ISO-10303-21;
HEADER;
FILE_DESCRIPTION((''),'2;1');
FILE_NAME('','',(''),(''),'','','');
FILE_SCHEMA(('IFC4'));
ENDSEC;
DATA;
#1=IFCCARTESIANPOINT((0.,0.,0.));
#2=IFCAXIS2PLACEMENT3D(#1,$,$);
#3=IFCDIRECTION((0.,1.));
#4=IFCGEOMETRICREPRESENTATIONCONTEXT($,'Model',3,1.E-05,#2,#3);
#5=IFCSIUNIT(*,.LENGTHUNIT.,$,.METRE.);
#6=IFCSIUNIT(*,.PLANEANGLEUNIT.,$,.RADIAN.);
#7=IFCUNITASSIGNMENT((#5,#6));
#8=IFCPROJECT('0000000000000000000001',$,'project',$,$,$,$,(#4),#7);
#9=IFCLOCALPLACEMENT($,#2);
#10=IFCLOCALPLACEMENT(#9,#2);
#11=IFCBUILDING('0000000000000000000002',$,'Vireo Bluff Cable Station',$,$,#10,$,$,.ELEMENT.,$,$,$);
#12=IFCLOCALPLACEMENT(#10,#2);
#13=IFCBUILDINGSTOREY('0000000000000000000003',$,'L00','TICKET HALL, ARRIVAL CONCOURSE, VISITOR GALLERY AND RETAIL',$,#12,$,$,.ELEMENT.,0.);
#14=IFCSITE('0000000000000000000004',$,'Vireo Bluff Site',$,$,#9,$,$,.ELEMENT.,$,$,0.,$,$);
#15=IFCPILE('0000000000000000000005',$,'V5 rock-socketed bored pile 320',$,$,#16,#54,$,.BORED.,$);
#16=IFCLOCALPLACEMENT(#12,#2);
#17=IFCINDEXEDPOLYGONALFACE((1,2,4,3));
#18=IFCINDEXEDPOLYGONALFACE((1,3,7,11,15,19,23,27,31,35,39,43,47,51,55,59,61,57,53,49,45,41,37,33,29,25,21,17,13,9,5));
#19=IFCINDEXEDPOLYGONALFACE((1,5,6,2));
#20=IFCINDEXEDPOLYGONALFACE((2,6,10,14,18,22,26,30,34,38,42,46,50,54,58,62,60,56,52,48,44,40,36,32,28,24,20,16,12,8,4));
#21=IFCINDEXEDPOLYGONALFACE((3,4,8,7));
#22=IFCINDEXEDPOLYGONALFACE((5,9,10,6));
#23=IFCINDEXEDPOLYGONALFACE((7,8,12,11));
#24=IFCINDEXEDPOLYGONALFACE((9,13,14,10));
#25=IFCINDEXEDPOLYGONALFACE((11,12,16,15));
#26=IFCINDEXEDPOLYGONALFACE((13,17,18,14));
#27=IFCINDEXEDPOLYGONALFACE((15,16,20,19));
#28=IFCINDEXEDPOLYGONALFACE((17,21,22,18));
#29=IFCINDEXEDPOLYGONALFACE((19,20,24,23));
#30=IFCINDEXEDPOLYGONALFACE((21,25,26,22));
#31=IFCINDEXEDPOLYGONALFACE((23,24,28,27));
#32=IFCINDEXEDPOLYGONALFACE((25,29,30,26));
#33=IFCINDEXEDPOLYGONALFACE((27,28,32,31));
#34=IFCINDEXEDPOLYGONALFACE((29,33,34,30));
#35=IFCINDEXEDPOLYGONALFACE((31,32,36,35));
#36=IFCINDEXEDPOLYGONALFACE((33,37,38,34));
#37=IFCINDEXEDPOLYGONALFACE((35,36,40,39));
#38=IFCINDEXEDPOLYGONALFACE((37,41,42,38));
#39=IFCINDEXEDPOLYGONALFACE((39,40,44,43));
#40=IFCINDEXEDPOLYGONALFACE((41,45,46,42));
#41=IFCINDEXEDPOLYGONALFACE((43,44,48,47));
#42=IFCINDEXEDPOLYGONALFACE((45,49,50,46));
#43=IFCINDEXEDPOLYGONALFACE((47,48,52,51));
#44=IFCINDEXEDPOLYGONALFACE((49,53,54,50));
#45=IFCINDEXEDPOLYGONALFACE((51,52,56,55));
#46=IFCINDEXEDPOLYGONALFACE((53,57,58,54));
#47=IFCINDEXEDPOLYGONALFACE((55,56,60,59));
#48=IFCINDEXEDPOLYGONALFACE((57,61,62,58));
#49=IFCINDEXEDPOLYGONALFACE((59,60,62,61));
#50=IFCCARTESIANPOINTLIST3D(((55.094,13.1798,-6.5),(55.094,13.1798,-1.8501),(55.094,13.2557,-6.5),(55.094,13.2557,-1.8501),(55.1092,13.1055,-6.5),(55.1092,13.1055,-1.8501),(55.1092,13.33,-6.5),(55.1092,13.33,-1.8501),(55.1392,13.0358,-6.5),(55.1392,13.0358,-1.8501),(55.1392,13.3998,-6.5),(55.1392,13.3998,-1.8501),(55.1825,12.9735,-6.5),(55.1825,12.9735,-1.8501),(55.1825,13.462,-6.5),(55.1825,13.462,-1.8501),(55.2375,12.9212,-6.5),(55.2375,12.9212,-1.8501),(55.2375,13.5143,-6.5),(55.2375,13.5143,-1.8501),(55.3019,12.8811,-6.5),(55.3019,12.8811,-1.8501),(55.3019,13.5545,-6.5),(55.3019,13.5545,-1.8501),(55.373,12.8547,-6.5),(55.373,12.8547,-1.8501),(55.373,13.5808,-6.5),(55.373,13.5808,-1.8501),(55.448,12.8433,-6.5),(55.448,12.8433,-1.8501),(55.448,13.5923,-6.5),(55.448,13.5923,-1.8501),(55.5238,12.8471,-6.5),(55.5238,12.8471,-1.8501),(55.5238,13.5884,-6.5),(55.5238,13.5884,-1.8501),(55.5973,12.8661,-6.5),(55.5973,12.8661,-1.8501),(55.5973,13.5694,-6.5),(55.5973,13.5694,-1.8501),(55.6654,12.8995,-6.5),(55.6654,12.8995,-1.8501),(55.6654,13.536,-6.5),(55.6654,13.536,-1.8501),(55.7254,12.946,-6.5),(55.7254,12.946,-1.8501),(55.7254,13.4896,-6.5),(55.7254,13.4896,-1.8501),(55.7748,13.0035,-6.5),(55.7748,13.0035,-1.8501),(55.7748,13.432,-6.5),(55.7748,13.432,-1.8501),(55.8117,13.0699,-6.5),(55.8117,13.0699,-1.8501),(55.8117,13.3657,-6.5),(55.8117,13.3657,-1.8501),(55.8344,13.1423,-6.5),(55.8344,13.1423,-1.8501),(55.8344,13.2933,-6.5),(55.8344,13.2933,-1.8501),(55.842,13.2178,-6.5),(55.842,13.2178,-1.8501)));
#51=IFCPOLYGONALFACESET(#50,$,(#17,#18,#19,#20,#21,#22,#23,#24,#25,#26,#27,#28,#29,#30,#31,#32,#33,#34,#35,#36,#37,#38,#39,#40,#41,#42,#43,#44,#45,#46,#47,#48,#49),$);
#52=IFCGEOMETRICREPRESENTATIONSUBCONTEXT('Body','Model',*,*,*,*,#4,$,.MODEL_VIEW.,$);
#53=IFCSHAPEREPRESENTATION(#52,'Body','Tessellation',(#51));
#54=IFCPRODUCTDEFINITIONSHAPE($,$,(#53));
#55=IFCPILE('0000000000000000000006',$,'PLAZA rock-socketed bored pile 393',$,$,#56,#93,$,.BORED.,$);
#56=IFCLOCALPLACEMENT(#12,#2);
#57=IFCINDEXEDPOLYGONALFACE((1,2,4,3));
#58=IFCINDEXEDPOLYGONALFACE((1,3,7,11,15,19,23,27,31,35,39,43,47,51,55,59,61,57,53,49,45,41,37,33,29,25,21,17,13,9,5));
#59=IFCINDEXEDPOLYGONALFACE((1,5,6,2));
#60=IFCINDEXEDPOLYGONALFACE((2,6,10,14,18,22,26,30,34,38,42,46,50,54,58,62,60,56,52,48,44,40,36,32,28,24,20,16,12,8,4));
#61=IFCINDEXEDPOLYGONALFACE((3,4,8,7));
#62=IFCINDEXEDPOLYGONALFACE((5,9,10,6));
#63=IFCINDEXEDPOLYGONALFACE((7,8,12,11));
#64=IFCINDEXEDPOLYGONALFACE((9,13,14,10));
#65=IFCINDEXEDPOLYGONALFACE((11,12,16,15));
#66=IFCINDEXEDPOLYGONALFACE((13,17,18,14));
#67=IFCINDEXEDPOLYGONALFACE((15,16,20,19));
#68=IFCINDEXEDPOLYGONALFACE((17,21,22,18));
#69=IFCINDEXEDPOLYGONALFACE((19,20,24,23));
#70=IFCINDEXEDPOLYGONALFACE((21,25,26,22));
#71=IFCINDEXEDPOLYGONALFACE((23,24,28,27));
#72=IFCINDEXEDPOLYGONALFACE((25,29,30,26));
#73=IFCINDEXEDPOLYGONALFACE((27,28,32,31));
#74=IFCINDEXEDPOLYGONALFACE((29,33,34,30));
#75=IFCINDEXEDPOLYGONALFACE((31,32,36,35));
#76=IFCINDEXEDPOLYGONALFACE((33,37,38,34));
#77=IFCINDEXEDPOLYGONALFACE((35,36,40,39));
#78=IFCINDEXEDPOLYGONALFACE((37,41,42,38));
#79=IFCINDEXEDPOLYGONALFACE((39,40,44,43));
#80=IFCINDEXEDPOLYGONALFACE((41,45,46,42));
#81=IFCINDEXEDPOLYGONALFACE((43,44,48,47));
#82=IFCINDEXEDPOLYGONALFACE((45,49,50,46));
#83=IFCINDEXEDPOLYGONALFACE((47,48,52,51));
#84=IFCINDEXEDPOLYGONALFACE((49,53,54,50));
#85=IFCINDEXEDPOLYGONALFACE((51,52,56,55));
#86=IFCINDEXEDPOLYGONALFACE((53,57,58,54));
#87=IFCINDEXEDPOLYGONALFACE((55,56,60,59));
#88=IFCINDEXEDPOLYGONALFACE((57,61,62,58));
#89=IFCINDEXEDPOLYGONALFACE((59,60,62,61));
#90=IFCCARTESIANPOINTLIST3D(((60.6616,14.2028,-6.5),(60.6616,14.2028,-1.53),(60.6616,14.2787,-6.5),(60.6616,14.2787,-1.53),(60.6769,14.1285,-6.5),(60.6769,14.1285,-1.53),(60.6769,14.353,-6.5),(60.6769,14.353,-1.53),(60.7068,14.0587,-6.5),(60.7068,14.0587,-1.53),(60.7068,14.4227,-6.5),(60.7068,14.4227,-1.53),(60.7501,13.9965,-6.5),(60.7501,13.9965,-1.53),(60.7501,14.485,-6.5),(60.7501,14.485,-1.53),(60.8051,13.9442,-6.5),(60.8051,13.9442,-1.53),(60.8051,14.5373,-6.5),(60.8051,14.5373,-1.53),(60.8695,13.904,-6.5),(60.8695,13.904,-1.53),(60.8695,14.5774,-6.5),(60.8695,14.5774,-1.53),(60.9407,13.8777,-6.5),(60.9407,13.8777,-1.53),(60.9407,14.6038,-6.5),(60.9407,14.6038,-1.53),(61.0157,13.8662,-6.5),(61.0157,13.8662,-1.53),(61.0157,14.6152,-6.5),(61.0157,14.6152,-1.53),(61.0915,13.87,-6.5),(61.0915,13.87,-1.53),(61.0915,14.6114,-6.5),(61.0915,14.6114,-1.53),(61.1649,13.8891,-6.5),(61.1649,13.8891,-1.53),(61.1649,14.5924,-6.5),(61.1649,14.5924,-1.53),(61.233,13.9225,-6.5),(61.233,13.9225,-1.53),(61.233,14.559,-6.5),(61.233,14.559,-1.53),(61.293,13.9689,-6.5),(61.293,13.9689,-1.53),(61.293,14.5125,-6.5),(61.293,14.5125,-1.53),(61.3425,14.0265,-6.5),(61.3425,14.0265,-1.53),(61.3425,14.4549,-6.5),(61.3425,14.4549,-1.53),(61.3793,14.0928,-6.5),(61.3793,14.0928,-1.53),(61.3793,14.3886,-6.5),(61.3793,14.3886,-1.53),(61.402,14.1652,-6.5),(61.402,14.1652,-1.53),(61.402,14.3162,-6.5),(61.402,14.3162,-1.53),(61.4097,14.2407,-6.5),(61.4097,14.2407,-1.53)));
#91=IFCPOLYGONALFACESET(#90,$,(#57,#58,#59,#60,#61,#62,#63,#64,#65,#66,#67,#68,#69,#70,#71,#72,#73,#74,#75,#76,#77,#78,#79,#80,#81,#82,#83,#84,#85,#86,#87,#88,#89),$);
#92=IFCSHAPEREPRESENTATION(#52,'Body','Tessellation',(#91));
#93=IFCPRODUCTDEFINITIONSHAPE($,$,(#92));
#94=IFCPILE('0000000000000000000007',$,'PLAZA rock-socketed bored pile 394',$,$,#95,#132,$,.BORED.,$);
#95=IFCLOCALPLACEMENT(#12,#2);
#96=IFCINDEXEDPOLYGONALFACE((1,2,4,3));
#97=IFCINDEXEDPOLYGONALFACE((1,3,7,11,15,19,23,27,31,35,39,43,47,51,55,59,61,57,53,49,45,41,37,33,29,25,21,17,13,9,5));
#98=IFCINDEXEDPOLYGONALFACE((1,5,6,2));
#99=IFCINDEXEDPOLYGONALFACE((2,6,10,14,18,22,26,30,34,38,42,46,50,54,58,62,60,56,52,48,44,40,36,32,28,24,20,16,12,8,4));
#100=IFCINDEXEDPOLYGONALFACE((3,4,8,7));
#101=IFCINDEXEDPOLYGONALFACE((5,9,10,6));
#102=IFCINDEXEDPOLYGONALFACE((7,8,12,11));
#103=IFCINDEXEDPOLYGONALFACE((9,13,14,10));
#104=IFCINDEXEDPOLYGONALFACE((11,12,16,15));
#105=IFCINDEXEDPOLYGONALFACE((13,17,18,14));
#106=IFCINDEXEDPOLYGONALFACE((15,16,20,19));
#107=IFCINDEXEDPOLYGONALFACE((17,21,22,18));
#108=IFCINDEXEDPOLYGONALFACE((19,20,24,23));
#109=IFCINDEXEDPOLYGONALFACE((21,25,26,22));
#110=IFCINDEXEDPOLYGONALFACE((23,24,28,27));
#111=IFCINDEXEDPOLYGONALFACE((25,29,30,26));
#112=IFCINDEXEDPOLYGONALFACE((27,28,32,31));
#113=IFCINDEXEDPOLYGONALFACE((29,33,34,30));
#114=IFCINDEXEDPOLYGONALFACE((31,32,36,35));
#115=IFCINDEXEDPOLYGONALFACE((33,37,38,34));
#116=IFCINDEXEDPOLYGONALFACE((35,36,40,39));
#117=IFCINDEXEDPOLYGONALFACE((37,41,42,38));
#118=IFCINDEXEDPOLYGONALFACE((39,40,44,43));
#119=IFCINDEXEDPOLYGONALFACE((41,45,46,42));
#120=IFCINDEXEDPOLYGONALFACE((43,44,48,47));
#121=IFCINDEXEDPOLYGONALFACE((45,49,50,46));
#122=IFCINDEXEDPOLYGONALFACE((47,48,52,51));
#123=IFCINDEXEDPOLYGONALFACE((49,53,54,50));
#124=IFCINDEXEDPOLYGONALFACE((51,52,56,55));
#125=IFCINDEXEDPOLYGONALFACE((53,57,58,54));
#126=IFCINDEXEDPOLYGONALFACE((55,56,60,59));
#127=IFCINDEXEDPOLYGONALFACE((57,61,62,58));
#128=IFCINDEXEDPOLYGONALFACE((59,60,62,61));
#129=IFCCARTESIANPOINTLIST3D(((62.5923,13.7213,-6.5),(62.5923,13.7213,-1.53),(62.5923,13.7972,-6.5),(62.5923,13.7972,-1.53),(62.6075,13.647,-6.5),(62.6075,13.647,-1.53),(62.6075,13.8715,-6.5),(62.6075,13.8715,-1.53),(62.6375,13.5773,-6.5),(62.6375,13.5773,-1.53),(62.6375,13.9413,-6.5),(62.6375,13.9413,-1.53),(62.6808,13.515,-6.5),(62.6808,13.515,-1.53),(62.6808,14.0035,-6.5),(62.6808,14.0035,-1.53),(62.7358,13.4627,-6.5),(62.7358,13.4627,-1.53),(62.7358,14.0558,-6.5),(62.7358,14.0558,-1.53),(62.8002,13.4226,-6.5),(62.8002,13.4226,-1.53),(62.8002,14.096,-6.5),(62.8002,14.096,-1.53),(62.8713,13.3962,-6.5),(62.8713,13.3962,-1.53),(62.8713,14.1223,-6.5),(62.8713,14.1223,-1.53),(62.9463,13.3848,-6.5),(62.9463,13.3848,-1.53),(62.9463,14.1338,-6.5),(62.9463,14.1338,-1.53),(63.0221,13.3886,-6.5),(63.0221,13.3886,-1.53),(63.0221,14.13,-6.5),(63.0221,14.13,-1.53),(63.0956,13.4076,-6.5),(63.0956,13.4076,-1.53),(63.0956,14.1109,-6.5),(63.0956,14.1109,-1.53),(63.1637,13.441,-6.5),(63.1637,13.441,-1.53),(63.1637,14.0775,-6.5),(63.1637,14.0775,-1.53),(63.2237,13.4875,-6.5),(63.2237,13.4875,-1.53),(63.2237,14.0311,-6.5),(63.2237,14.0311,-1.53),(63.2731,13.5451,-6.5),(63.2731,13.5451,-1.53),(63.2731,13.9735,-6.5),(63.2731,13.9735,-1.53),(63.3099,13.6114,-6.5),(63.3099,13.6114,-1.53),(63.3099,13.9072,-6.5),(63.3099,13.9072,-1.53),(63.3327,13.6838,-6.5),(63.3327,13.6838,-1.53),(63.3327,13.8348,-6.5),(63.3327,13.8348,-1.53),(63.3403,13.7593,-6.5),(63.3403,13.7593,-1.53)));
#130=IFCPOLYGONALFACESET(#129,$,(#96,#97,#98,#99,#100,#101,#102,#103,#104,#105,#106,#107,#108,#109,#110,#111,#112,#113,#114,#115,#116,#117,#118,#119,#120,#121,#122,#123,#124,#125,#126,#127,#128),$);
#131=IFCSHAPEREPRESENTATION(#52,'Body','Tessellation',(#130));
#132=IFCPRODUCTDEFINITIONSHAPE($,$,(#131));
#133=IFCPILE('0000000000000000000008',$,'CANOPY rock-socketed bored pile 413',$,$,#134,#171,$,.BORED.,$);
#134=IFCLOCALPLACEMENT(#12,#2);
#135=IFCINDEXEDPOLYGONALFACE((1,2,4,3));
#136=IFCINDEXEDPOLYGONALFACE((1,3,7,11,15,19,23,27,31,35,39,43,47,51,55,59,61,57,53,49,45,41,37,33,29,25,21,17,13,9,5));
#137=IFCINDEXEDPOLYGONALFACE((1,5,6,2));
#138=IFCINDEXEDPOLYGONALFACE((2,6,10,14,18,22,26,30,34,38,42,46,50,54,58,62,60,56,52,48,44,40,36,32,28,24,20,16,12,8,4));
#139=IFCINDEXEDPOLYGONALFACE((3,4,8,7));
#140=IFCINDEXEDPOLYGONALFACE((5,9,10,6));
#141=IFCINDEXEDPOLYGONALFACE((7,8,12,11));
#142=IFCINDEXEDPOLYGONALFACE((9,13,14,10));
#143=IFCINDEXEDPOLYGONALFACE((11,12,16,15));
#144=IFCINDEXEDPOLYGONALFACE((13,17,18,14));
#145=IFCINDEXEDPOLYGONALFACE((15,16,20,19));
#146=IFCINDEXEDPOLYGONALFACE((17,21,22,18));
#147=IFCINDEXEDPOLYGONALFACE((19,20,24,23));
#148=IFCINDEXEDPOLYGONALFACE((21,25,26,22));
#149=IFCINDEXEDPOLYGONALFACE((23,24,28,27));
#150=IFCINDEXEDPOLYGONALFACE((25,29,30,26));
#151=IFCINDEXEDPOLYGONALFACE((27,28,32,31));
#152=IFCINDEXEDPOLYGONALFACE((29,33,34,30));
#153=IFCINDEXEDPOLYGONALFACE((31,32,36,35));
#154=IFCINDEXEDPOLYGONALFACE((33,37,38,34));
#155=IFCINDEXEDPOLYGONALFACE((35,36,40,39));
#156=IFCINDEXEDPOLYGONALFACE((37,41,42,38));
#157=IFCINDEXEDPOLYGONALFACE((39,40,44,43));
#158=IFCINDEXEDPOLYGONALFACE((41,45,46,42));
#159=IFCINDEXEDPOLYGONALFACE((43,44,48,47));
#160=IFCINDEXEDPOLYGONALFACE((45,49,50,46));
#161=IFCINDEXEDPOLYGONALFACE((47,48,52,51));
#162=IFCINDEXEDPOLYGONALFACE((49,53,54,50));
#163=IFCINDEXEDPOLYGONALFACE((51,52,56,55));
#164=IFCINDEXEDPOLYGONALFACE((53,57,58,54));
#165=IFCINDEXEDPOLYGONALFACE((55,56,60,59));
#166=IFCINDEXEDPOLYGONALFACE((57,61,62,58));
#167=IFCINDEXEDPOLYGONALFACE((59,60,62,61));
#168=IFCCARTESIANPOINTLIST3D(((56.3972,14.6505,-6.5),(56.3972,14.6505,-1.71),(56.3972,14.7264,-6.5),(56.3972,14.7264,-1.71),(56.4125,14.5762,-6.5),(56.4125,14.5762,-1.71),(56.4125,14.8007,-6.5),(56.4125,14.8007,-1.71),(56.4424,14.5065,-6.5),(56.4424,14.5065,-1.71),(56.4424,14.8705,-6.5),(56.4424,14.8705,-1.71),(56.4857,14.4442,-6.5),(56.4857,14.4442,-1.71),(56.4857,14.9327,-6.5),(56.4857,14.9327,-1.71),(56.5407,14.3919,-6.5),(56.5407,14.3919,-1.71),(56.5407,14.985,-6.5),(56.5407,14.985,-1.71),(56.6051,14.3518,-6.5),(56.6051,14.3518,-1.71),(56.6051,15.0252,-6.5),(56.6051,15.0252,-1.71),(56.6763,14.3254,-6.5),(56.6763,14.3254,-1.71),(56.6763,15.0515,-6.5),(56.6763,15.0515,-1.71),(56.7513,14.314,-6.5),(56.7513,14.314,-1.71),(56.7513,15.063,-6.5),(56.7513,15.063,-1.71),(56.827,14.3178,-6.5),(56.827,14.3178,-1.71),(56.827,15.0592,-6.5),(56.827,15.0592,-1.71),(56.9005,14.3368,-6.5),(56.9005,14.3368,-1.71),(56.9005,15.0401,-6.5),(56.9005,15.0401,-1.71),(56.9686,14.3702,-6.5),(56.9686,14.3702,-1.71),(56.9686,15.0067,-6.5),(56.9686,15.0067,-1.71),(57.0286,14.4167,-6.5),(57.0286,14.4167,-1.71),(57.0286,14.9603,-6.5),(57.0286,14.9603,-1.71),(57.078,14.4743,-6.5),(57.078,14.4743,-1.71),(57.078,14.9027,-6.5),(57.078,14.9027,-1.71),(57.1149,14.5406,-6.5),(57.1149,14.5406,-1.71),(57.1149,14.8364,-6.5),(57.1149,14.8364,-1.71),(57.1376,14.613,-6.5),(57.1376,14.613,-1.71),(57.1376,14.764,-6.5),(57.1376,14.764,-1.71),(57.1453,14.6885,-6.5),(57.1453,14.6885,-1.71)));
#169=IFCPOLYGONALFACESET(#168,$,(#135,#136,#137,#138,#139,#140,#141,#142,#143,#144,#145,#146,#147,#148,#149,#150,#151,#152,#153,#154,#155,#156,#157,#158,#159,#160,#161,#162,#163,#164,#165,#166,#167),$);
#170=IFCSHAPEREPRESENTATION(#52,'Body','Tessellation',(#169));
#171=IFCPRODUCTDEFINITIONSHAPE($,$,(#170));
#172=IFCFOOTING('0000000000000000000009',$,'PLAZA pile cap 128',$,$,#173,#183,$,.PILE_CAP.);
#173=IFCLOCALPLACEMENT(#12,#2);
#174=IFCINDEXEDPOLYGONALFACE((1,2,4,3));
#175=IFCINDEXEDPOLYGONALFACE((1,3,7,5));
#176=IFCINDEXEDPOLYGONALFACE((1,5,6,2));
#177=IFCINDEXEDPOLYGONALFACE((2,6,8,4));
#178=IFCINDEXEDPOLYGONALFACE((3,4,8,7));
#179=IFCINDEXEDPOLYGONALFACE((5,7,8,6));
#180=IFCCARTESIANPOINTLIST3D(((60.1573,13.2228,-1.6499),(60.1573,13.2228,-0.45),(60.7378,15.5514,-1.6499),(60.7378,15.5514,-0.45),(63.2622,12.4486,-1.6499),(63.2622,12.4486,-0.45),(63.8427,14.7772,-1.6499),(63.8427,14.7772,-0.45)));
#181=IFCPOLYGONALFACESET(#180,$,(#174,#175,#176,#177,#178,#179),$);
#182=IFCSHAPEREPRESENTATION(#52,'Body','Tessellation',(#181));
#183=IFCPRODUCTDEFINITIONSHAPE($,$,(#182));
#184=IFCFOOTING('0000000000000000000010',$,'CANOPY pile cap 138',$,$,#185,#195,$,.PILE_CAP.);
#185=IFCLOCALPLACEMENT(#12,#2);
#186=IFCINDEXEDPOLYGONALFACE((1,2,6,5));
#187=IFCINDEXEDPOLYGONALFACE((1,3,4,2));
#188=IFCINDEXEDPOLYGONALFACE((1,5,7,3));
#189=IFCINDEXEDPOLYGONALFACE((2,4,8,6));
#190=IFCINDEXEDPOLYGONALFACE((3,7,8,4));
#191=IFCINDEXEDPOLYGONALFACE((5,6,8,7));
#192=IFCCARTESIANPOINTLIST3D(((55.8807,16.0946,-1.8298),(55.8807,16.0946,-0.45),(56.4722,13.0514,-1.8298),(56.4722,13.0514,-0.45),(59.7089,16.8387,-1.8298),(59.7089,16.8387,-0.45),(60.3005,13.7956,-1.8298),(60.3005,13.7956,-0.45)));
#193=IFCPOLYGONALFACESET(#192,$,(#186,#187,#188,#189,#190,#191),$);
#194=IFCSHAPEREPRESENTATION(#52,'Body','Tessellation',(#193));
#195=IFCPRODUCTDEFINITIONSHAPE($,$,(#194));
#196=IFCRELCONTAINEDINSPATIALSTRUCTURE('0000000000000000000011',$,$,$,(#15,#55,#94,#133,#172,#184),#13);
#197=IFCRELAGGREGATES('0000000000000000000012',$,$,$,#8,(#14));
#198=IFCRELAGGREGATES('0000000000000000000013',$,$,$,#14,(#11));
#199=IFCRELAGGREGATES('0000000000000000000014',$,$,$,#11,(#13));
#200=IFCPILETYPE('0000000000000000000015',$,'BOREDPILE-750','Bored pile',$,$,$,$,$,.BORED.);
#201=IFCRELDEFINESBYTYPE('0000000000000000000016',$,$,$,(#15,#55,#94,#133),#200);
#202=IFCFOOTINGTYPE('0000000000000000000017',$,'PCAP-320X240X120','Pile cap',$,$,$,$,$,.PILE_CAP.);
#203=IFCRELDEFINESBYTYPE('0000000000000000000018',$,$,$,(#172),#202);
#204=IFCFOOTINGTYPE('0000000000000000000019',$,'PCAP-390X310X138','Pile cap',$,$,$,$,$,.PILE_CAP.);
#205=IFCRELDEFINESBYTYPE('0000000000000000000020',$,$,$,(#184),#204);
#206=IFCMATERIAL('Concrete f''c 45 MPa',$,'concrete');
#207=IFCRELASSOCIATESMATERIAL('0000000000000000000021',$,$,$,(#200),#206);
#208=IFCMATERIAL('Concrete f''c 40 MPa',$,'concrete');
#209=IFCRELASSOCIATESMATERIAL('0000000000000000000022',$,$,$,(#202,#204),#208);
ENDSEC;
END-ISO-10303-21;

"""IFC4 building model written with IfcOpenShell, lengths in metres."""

from ifc_helpers import new_model, si_unit, direction, frame, origin, origin_2d, place, context, subcontext, project, spatial, rectangle, circle, extrude, material, material_profile, profile_set, type_object, element, save


model = new_model("IFC4")

# Units and contexts
model_context = context("Model", 3, precision=1e-05, world=origin(), true_north=direction((0.0, 1.0)))
body_context = subcontext(model_context, "Body", "Model", "MODEL_VIEW")
ifc_project = project(units=[si_unit("LENGTHUNIT", "METRE"), si_unit("PLANEANGLEUNIT", "RADIAN")], contexts=[model_context])

# Site, building, storey
site_placement = place(None, origin())
site = spatial("IfcSite", under=ifc_project, at=site_placement, Name="Vireo Bluff Site", CompositionType="ELEMENT", RefElevation=0.0)
building_placement = place(site_placement, origin())
building = spatial("IfcBuilding", under=site, at=building_placement, Name="Vireo Bluff Cable Station", CompositionType="ELEMENT")
storey_placement = place(building_placement, origin())
storey = spatial("IfcBuildingStorey", under=building, at=storey_placement, Name="L00", Description="TICKET HALL, ARRIVAL CONCOURSE, VISITOR GALLERY AND RETAIL", CompositionType="ELEMENT", Elevation=0.0)

# Piles
ifc_material_1 = material(Name="Concrete f'c 45 MPa", Category="concrete")
ifc_material_profile_1 = material_profile(ifc_material_1, circle(Radius=0.375, at=origin_2d()), Name="BOREDPILE-750")
ifc_profile_set_1 = profile_set([ifc_material_profile_1], Name="Concrete f'c 45 MPa")
pile_type = type_object("IfcPileType", Name="BOREDPILE-750", Description="Bored pile", PredefinedType="BORED", material=ifc_profile_set_1)
pile_1_placement = place(storey_placement, frame((55.467, 13.2178, -1.8501), z_axis=(0.0, 0.0, -1.0), x_axis=(1.0, 0.0, 0.0)))
element("IfcPile", 1, at=pile_1_placement, inside=storey, type_object=pile_type, Name="V5 rock-socketed bored pile 320", PredefinedType="BORED", context=body_context, shape_type="SweptSolid", body=[
    extrude(circle(Radius=0.375, at=origin_2d()), origin(), (0.0, 0.0, 1.0), 4.6499),
])
for number, where, z_axis, x_axis, name in (
    (2, (61.0347, 14.2407, -1.53), (0.0, 0.0, -1.0), (1.0, 0.0, 0.0), "PLAZA rock-socketed bored pile 393"),
    (3, (62.9653, 13.7593, -1.53), (0.0, 0.0, -1.0), (1.0, 0.0, 0.0), "PLAZA rock-socketed bored pile 394"),
):
    element("IfcPile", number, at=place(storey_placement, frame(where, z_axis=z_axis, x_axis=x_axis)), inside=storey, type_object=pile_type, Name=name, PredefinedType="BORED", context=body_context, shape_type="SweptSolid", body=[
        extrude(circle(Radius=0.375, at=origin_2d()), origin(), (0.0, 0.0, 1.0), 4.97),
    ])
pile_2_placement = place(storey_placement, frame((56.7703, 14.6885, -1.71), z_axis=(0.0, 0.0, -1.0), x_axis=(1.0, 0.0, 0.0)))
element("IfcPile", 4, at=pile_2_placement, inside=storey, type_object=pile_type, Name="CANOPY rock-socketed bored pile 413", PredefinedType="BORED", context=body_context, shape_type="SweptSolid", body=[
    extrude(circle(Radius=0.375, at=origin_2d()), origin(), (0.0, 0.0, 1.0), 4.79),
])

# Footings
ifc_material_2 = material(Name="Concrete f'c 40 MPa", Category="concrete")
footing_type_1 = type_object("IfcFootingType", Name="PCAP-320X240X120", Description="Pile cap", PredefinedType="PILE_CAP", material=ifc_material_2)
footing_1_placement = place(storey_placement, frame((62.0, 14.0, -1.6499), z_axis=(0.0, 0.0, 1.0), x_axis=(0.970296, -0.241922, 0.0)))
element("IfcFooting", 5, at=footing_1_placement, inside=storey, type_object=footing_type_1, Name="PLAZA pile cap 128", PredefinedType="PILE_CAP", context=body_context, shape_type="SweptSolid", body=[
    extrude(rectangle(XDim=3.2, YDim=2.3999, at=origin_2d()), origin(), (0.0, 0.0, 1.0), 1.2),
])
footing_type_2 = type_object("IfcFootingType", Name="PCAP-390X310X138", Description="Pile cap", PredefinedType="PILE_CAP", material=ifc_material_2)
footing_2_placement = place(storey_placement, frame((58.0906, 14.9451, -1.8298), z_axis=(0.0, 0.0, 1.0), x_axis=(0.981627, 0.190809, 0.0)))
element("IfcFooting", 6, at=footing_2_placement, inside=storey, type_object=footing_type_2, Name="CANOPY pile cap 138", PredefinedType="PILE_CAP", context=body_context, shape_type="SweptSolid", body=[
    extrude(rectangle(XDim=3.8999, YDim=3.1001, at=origin_2d()), origin(), (0.0, 0.0, 1.0), 1.3799),
])

save(model, "model.ifc")
